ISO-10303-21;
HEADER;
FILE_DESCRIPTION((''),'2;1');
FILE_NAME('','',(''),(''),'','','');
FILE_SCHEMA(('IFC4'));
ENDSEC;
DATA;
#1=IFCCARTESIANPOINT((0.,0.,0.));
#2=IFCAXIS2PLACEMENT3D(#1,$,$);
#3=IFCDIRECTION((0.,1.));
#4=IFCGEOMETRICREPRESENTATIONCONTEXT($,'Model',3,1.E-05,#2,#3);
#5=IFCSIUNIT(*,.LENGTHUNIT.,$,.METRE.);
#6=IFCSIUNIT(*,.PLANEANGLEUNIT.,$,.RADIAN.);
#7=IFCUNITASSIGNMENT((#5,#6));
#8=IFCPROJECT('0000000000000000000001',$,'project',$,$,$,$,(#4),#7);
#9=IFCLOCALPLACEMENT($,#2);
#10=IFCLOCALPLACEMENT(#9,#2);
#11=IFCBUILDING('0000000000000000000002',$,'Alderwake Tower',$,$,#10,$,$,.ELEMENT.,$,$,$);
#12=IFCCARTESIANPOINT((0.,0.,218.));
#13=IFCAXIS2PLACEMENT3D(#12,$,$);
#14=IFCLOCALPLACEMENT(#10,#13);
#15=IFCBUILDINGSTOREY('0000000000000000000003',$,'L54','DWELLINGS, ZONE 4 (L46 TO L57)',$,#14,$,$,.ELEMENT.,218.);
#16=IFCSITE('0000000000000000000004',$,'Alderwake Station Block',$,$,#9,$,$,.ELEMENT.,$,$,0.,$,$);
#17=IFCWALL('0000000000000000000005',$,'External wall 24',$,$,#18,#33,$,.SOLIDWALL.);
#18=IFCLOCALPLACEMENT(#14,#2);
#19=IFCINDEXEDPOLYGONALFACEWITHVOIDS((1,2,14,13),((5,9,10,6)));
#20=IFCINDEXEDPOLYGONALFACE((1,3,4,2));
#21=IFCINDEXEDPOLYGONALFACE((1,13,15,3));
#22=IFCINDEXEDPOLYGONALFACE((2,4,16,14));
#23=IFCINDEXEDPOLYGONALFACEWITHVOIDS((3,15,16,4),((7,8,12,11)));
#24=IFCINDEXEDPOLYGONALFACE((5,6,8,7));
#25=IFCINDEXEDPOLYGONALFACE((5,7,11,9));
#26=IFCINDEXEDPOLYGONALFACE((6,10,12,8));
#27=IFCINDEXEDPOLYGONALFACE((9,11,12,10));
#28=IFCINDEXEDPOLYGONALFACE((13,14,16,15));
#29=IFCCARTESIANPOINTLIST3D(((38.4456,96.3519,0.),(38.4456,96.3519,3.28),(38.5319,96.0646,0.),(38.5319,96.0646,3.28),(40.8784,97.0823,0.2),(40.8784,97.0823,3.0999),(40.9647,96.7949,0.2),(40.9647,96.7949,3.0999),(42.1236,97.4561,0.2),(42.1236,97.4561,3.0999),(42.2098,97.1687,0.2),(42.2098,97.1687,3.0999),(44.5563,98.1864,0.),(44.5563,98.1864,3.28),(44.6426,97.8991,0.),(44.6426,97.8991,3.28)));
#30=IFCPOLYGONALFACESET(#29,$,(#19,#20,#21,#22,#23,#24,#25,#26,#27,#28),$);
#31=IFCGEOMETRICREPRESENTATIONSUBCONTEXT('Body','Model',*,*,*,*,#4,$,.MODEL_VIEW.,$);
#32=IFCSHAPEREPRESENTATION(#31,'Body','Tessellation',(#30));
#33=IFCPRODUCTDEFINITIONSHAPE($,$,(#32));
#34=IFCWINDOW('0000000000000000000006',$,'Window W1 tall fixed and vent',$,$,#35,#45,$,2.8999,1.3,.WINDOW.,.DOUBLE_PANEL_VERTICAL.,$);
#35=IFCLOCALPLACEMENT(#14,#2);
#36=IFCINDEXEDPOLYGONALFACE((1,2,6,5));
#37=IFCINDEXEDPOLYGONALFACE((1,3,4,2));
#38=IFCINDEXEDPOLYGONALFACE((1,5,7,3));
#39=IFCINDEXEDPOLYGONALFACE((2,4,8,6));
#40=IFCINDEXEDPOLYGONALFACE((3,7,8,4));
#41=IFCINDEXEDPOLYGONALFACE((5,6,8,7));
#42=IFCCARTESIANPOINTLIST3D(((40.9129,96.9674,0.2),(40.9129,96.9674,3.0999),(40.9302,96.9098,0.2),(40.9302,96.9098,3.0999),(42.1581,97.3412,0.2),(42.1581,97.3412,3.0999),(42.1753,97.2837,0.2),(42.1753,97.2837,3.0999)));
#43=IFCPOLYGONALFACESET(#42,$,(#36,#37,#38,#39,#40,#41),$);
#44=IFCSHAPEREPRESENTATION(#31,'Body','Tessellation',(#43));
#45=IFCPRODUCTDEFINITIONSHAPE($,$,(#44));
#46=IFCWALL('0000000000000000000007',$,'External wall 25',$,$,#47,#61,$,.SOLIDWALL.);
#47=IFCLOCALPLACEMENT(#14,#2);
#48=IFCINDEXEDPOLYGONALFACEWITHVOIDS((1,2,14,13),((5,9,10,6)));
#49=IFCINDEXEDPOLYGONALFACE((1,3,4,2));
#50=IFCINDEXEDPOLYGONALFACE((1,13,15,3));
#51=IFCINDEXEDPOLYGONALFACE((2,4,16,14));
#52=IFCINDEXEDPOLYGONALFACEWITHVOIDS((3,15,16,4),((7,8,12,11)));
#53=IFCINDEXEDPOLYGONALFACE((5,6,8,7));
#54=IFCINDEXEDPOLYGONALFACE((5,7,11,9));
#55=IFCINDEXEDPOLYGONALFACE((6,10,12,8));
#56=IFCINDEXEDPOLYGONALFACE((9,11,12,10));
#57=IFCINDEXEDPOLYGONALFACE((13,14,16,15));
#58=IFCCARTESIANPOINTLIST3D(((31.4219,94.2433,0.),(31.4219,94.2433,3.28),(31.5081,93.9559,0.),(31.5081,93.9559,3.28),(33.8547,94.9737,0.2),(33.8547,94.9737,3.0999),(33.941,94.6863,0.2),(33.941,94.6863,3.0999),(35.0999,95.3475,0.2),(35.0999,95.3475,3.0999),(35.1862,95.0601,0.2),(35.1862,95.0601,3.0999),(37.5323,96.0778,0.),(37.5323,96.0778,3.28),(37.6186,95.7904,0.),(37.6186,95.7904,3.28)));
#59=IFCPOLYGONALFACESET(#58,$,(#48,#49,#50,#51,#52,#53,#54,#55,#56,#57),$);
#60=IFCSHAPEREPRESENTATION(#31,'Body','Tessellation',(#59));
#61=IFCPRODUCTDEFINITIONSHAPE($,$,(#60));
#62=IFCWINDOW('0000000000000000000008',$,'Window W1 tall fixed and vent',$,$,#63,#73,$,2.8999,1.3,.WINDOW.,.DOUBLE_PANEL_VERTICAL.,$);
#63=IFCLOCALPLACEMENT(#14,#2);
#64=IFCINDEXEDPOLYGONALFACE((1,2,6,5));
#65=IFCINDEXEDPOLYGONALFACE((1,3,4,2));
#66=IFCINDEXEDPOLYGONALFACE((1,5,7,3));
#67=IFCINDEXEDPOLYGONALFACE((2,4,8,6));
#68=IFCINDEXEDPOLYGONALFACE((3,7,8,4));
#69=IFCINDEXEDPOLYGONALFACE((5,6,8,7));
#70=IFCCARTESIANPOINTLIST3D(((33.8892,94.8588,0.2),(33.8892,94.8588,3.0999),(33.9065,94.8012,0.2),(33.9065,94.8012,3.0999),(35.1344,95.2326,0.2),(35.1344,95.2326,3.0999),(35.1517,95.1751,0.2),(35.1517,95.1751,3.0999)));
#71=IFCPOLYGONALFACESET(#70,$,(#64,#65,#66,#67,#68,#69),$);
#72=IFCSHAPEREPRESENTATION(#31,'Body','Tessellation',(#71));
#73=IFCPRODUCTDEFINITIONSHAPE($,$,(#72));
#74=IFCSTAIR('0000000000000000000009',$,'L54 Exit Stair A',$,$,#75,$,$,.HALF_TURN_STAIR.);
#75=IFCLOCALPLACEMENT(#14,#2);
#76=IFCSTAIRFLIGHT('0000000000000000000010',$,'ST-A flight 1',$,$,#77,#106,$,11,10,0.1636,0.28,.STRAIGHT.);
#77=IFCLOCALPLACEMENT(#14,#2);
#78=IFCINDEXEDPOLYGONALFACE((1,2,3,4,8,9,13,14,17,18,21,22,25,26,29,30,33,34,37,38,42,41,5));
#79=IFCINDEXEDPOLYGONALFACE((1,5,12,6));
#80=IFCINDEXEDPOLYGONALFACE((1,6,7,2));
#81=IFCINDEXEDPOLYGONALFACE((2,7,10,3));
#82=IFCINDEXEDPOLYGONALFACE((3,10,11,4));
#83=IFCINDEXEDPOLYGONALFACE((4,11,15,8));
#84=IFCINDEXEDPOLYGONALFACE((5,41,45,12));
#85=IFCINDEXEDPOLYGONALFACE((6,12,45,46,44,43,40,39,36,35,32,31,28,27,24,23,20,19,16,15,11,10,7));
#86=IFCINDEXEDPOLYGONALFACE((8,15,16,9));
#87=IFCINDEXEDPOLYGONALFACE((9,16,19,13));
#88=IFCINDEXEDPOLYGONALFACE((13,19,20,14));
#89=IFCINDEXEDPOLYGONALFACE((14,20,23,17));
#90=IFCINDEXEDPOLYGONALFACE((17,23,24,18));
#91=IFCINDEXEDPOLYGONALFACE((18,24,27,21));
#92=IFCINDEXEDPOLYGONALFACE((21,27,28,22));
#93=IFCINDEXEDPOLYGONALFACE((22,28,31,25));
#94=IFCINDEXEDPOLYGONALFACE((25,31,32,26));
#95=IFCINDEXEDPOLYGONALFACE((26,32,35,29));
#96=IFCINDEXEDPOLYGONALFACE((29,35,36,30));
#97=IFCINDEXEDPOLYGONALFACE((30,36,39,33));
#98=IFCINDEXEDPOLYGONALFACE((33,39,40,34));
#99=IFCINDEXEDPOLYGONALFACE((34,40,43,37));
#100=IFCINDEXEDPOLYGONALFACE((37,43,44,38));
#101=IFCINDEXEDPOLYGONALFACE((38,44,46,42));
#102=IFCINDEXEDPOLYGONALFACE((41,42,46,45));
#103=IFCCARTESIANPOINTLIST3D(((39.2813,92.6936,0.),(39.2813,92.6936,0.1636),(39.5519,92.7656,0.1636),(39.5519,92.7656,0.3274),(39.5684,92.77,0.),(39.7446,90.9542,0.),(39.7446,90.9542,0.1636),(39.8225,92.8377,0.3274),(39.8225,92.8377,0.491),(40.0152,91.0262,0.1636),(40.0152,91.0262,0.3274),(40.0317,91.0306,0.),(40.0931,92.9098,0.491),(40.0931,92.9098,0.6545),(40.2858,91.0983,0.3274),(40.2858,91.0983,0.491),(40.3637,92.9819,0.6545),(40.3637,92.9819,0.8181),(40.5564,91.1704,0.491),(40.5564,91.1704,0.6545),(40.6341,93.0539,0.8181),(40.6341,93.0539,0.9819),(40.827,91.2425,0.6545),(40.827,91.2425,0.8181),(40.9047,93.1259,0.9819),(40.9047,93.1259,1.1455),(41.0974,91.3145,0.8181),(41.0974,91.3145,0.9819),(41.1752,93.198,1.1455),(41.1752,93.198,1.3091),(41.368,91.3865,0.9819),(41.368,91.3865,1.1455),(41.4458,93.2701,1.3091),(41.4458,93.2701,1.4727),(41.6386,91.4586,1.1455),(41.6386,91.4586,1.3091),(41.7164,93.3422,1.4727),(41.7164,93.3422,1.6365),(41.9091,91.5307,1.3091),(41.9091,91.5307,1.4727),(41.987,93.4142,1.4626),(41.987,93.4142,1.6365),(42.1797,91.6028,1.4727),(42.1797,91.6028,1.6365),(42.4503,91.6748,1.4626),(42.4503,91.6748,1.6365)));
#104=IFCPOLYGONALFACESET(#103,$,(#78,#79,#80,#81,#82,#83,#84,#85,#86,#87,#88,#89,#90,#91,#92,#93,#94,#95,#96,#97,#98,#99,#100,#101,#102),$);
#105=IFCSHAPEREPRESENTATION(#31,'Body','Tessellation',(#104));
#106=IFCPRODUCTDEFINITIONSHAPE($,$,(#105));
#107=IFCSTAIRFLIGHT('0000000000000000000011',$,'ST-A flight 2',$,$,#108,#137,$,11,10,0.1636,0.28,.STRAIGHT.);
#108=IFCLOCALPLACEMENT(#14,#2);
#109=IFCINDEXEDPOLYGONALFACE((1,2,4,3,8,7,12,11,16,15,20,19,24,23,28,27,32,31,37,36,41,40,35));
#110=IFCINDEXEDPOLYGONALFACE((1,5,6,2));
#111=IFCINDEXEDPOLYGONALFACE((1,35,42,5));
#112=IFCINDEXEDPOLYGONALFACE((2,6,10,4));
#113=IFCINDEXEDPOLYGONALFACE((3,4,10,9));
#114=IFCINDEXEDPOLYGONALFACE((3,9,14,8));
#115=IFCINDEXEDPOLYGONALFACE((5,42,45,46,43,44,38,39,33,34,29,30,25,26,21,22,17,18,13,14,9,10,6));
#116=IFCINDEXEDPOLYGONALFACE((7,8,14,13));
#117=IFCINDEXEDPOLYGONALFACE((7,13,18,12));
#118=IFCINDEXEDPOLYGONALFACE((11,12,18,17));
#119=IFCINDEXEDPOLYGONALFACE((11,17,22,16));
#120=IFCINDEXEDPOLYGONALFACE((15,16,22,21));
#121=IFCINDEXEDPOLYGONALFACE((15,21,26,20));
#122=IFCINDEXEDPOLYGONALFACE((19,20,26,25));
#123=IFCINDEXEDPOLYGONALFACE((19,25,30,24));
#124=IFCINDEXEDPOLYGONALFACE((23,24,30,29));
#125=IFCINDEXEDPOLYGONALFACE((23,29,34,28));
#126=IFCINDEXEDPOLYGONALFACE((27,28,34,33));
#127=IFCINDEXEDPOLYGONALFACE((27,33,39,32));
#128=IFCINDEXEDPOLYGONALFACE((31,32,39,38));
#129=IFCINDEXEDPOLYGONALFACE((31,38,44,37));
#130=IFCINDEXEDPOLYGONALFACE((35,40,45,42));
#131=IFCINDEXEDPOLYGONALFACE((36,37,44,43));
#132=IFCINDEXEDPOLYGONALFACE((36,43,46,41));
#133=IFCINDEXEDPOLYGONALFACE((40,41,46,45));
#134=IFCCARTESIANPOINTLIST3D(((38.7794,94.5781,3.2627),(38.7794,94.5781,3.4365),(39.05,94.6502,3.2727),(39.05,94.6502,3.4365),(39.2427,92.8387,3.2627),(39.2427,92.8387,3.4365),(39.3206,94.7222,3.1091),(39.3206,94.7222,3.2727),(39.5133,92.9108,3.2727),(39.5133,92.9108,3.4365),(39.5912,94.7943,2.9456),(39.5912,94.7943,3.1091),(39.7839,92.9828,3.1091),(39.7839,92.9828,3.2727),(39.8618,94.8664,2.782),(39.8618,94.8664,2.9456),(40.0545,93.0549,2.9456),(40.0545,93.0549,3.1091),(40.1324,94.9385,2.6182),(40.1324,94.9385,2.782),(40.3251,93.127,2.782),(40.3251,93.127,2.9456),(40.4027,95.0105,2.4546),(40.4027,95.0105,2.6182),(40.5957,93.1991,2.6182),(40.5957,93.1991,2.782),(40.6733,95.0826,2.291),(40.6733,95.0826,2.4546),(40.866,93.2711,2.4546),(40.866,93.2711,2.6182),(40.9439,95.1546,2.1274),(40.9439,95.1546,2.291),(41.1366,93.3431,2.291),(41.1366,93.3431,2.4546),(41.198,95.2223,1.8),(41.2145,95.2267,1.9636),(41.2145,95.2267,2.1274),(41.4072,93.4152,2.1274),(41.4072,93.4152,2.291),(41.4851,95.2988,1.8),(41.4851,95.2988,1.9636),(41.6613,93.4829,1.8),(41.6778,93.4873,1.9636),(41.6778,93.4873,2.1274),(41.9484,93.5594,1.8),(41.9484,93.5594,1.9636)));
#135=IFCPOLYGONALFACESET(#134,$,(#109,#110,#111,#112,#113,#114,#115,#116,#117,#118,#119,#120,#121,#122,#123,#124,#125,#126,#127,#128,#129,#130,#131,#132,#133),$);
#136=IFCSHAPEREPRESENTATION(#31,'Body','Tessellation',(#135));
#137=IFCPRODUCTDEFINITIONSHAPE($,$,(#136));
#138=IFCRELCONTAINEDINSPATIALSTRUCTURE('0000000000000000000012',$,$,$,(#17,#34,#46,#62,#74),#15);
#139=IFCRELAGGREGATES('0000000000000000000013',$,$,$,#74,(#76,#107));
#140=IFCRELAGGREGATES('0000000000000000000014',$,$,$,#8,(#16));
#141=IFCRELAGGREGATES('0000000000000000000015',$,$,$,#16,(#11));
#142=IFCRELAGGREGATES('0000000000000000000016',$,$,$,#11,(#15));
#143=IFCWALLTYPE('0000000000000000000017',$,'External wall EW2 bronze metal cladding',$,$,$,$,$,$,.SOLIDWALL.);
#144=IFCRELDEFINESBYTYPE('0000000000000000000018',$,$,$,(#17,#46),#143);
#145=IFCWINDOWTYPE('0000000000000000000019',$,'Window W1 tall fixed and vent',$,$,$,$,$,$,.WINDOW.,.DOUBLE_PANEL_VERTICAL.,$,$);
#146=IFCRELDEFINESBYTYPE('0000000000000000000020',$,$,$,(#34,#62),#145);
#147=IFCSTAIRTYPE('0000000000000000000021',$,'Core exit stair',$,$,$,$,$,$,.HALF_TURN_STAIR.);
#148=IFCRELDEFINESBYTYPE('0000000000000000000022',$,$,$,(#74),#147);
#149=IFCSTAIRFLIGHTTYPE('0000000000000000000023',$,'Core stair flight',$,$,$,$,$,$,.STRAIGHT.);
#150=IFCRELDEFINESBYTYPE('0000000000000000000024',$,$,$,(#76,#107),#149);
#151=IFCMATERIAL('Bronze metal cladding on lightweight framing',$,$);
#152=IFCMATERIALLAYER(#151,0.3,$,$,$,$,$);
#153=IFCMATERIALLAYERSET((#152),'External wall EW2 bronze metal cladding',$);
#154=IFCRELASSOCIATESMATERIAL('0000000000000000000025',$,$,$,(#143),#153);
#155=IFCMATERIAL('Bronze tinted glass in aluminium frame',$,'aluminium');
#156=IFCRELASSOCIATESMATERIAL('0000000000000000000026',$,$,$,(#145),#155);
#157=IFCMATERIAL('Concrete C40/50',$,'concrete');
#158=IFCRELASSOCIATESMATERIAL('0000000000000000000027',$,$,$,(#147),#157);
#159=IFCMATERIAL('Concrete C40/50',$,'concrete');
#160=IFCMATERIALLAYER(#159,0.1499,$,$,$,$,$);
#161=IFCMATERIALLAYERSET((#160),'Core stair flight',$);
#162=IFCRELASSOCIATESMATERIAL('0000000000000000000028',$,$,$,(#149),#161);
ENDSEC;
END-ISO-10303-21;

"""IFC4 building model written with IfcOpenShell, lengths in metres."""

from ifc_helpers import new_model, si_unit, direction, frame, frame_2d, origin, place, context, subcontext, project, spatial, polyline, rectangle, outline, extrude, material, layer, layer_set, type_object, element, fill, aggregate, save


model = new_model("IFC4")

# Units and contexts
model_context = context("Model", 3, precision=1e-05, world=origin(), true_north=direction((0.0, 1.0)))
body_context = subcontext(model_context, "Body", "Model", "MODEL_VIEW")
ifc_project = project(units=[si_unit("LENGTHUNIT", "METRE"), si_unit("PLANEANGLEUNIT", "RADIAN")], contexts=[model_context])

# Site, building, storey
site_placement = place(None, origin())
site = spatial("IfcSite", under=ifc_project, at=site_placement, Name="Alderwake Station Block", CompositionType="ELEMENT", RefElevation=0.0)
building_placement = place(site_placement, origin())
building = spatial("IfcBuilding", under=site, at=building_placement, Name="Alderwake Tower", CompositionType="ELEMENT")
storey_placement = place(building_placement, frame((0.0, 0.0, 218.0)))
storey = spatial("IfcBuildingStorey", under=building, at=storey_placement, Name="L54", Description="DWELLINGS, ZONE 4 (L46 TO L57)", CompositionType="ELEMENT", Elevation=218.0)

# Walls, openings, windows
ifc_material_1 = material(Name="Bronze metal cladding on lightweight framing")
ifc_layer_1 = layer(ifc_material_1, 0.3)
ifc_layer_set_1 = layer_set([ifc_layer_1], Name="External wall EW2 bronze metal cladding")
wall_type_1 = type_object("IfcWallType", Name="External wall EW2 bronze metal cladding", PredefinedType="SOLIDWALL", material=ifc_layer_set_1)
wall_1_placement = place(storey_placement, frame((44.5994, 98.0427, 0.0), z_axis=(0.0, 0.0, 1.0), x_axis=(-0.95777, -0.287534, 0.0)))
wall_1 = element("IfcWall", 1, at=wall_1_placement, inside=storey, type_object=wall_type_1, Name="External wall 24", PredefinedType="SOLIDWALL", context=body_context, shape_type="SweptSolid", body=[
    extrude(rectangle(XDim=6.3801, YDim=0.3, at=frame_2d((3.1899, 0.0))), origin(), (0.0, 0.0, 1.0), 3.28),
])
opening_1_placement = place(wall_1_placement, frame((2.54, 0.0, 0.2)))
opening_1 = element("IfcOpeningElement", 2, at=opening_1_placement, cuts=wall_1, PredefinedType="OPENING", context=body_context, shape_type="SweptSolid", body=[
    extrude(rectangle(XDim=1.3, YDim=2.8999, at=frame_2d((0.6499, 1.45))), frame((0.0, 0.1599, 0.0), z_axis=(0.0, -1.0, 0.0), x_axis=(1.0, 0.0, 0.0)), (0.0, 0.0, 1.0), 0.3201),
])
ifc_material_2 = material(Name="Bronze tinted glass in aluminium frame", Category="aluminium")
window_type = type_object("IfcWindowType", Name="Window W1 tall fixed and vent", PartitioningType="DOUBLE_PANEL_VERTICAL", PredefinedType="WINDOW", material=ifc_material_2)
window_1_placement = place(opening_1_placement, origin())
window_1 = element("IfcWindow", 3, at=window_1_placement, inside=storey, type_object=window_type, Name="Window W1 tall fixed and vent", OverallHeight=2.8999, OverallWidth=1.3, PartitioningType="DOUBLE_PANEL_VERTICAL", PredefinedType="WINDOW", context=body_context, shape_type="SweptSolid", body=[
    extrude(rectangle(XDim=1.3, YDim=2.8999, at=frame_2d((0.6499, 1.45))), frame((0.0, 0.03, 0.0), z_axis=(0.0, -1.0, 0.0), x_axis=(1.0, 0.0, 0.0)), (0.0, 0.0, 1.0), 0.0601),
])
fill(opening_1, window_1)
wall_2_placement = place(storey_placement, frame((37.5754, 95.9341, 0.0), z_axis=(0.0, 0.0, 1.0), x_axis=(-0.957767, -0.287544, 0.0)))
wall_2 = element("IfcWall", 4, at=wall_2_placement, inside=storey, type_object=wall_type_1, Name="External wall 25", PredefinedType="SOLIDWALL", context=body_context, shape_type="SweptSolid", body=[
    extrude(rectangle(XDim=6.3799, YDim=0.3, at=frame_2d((3.1899, 0.0))), origin(), (0.0, 0.0, 1.0), 3.28),
])
opening_2_placement = place(wall_2_placement, frame((2.5398, 0.0, 0.2)))
opening_2 = element("IfcOpeningElement", 5, at=opening_2_placement, cuts=wall_2, PredefinedType="OPENING", context=body_context, shape_type="SweptSolid", body=[
    extrude(rectangle(XDim=1.3, YDim=2.8999, at=frame_2d((0.6499, 1.45))), frame((0.0, 0.1599, 0.0), z_axis=(0.0, -1.0, 0.0), x_axis=(1.0, 0.0, 0.0)), (0.0, 0.0, 1.0), 0.3201),
])
window_2_placement = place(opening_2_placement, origin())
window_2 = element("IfcWindow", 6, at=window_2_placement, inside=storey, type_object=window_type, Name="Window W1 tall fixed and vent", OverallHeight=2.8999, OverallWidth=1.3, PartitioningType="DOUBLE_PANEL_VERTICAL", PredefinedType="WINDOW", context=body_context, shape_type="SweptSolid", body=[
    extrude(rectangle(XDim=1.3, YDim=2.8999, at=frame_2d((0.6499, 1.45))), frame((0.0, 0.03, 0.0), z_axis=(0.0, -1.0, 0.0), x_axis=(1.0, 0.0, 0.0)), (0.0, 0.0, 1.0), 0.0601),
])
fill(opening_2, window_2)

# Stair, stair flights
ifc_material_3 = material(Name="Concrete C40/50", Category="concrete")
stair_type = type_object("IfcStairType", Name="Core exit stair", PredefinedType="HALF_TURN_STAIR", material=ifc_material_3)
stair_placement = place(storey_placement, origin())
stair = element("IfcStair", 7, at=stair_placement, inside=storey, type_object=stair_type, Name="L54 Exit Stair A", PredefinedType="HALF_TURN_STAIR")
ifc_material_4 = material(Name="Concrete C40/50", Category="concrete")
ifc_layer_2 = layer(ifc_material_4, 0.1499)
ifc_layer_set_2 = layer_set([ifc_layer_2], Name="Core stair flight")
stair_flight_type = type_object("IfcStairFlightType", Name="Core stair flight", PredefinedType="STRAIGHT", material=ifc_layer_set_2)
stair_flight_1_placement = place(storey_placement, frame((39.5129, 91.824, 0.0), z_axis=(0.0, 0.0, 1.0), x_axis=(0.96631, 0.257382, 0.0)))
stair_flight_1 = element("IfcStairFlight", 8, at=stair_flight_1_placement, type_object=stair_flight_type, Name="ST-A flight 1", NumberOfRisers=11, NumberOfTreads=10, PredefinedType="STRAIGHT", RiserHeight=0.1636, TreadLength=0.28, context=body_context, shape_type="SweptSolid", body=[
    extrude(outline(polyline([(0.0, 0.0), (0.0, 0.1636), (0.28, 0.1636), (0.28, 0.3274), (0.5601, 0.3274), (0.5601, 0.491), (0.8401, 0.491), (0.8401, 0.6545), (1.1201, 0.6545), (1.1201, 0.8181), (1.3999, 0.8181), (1.3999, 0.9819), (1.6799, 0.9819), (1.6799, 1.1455), (1.96, 1.1455), (1.96, 1.3091), (2.24, 1.3091), (2.24, 1.4727), (2.52, 1.4727), (2.52, 1.6365), (2.8, 1.6365), (2.8, 1.8), (2.8, 1.4626), (0.2971, 0.0), (0.0, 0.0)])), frame((0.0, 0.8999, 0.0), z_axis=(0.0, -1.0, 0.0), x_axis=(1.0, 0.0, 0.0)), (0.0, 0.0, 1.0), 1.8),
])
stair_flight_2_placement = place(storey_placement, frame((41.7168, 94.429, 1.8), z_axis=(0.0, 0.0, 1.0), x_axis=(-0.96631, -0.257382, 0.0)))
stair_flight_2 = element("IfcStairFlight", 9, at=stair_flight_2_placement, type_object=stair_flight_type, Name="ST-A flight 2", NumberOfRisers=11, NumberOfTreads=10, PredefinedType="STRAIGHT", RiserHeight=0.1636, TreadLength=0.28, context=body_context, shape_type="SweptSolid", body=[
    extrude(outline(polyline([(0.0, 0.0), (0.0, 0.1636), (0.28, 0.1636), (0.28, 0.3274), (0.5601, 0.3274), (0.5601, 0.491), (0.8401, 0.491), (0.8401, 0.6545), (1.1201, 0.6545), (1.1201, 0.8181), (1.3999, 0.8181), (1.3999, 0.9819), (1.6799, 0.9819), (1.6799, 1.1455), (1.96, 1.1455), (1.96, 1.3091), (2.24, 1.3091), (2.24, 1.4727), (2.52, 1.4727), (2.52, 1.6365), (2.8, 1.6365), (2.8, 1.8), (2.8, 1.4626), (0.2971, 0.0), (0.0, 0.0)])), frame((0.0, 0.8999, 0.0), z_axis=(0.0, -1.0, 0.0), x_axis=(1.0, 0.0, 0.0)), (0.0, 0.0, 1.0), 1.8),
])
aggregate(stair, [stair_flight_1, stair_flight_2])

save(model, "model.ifc")
